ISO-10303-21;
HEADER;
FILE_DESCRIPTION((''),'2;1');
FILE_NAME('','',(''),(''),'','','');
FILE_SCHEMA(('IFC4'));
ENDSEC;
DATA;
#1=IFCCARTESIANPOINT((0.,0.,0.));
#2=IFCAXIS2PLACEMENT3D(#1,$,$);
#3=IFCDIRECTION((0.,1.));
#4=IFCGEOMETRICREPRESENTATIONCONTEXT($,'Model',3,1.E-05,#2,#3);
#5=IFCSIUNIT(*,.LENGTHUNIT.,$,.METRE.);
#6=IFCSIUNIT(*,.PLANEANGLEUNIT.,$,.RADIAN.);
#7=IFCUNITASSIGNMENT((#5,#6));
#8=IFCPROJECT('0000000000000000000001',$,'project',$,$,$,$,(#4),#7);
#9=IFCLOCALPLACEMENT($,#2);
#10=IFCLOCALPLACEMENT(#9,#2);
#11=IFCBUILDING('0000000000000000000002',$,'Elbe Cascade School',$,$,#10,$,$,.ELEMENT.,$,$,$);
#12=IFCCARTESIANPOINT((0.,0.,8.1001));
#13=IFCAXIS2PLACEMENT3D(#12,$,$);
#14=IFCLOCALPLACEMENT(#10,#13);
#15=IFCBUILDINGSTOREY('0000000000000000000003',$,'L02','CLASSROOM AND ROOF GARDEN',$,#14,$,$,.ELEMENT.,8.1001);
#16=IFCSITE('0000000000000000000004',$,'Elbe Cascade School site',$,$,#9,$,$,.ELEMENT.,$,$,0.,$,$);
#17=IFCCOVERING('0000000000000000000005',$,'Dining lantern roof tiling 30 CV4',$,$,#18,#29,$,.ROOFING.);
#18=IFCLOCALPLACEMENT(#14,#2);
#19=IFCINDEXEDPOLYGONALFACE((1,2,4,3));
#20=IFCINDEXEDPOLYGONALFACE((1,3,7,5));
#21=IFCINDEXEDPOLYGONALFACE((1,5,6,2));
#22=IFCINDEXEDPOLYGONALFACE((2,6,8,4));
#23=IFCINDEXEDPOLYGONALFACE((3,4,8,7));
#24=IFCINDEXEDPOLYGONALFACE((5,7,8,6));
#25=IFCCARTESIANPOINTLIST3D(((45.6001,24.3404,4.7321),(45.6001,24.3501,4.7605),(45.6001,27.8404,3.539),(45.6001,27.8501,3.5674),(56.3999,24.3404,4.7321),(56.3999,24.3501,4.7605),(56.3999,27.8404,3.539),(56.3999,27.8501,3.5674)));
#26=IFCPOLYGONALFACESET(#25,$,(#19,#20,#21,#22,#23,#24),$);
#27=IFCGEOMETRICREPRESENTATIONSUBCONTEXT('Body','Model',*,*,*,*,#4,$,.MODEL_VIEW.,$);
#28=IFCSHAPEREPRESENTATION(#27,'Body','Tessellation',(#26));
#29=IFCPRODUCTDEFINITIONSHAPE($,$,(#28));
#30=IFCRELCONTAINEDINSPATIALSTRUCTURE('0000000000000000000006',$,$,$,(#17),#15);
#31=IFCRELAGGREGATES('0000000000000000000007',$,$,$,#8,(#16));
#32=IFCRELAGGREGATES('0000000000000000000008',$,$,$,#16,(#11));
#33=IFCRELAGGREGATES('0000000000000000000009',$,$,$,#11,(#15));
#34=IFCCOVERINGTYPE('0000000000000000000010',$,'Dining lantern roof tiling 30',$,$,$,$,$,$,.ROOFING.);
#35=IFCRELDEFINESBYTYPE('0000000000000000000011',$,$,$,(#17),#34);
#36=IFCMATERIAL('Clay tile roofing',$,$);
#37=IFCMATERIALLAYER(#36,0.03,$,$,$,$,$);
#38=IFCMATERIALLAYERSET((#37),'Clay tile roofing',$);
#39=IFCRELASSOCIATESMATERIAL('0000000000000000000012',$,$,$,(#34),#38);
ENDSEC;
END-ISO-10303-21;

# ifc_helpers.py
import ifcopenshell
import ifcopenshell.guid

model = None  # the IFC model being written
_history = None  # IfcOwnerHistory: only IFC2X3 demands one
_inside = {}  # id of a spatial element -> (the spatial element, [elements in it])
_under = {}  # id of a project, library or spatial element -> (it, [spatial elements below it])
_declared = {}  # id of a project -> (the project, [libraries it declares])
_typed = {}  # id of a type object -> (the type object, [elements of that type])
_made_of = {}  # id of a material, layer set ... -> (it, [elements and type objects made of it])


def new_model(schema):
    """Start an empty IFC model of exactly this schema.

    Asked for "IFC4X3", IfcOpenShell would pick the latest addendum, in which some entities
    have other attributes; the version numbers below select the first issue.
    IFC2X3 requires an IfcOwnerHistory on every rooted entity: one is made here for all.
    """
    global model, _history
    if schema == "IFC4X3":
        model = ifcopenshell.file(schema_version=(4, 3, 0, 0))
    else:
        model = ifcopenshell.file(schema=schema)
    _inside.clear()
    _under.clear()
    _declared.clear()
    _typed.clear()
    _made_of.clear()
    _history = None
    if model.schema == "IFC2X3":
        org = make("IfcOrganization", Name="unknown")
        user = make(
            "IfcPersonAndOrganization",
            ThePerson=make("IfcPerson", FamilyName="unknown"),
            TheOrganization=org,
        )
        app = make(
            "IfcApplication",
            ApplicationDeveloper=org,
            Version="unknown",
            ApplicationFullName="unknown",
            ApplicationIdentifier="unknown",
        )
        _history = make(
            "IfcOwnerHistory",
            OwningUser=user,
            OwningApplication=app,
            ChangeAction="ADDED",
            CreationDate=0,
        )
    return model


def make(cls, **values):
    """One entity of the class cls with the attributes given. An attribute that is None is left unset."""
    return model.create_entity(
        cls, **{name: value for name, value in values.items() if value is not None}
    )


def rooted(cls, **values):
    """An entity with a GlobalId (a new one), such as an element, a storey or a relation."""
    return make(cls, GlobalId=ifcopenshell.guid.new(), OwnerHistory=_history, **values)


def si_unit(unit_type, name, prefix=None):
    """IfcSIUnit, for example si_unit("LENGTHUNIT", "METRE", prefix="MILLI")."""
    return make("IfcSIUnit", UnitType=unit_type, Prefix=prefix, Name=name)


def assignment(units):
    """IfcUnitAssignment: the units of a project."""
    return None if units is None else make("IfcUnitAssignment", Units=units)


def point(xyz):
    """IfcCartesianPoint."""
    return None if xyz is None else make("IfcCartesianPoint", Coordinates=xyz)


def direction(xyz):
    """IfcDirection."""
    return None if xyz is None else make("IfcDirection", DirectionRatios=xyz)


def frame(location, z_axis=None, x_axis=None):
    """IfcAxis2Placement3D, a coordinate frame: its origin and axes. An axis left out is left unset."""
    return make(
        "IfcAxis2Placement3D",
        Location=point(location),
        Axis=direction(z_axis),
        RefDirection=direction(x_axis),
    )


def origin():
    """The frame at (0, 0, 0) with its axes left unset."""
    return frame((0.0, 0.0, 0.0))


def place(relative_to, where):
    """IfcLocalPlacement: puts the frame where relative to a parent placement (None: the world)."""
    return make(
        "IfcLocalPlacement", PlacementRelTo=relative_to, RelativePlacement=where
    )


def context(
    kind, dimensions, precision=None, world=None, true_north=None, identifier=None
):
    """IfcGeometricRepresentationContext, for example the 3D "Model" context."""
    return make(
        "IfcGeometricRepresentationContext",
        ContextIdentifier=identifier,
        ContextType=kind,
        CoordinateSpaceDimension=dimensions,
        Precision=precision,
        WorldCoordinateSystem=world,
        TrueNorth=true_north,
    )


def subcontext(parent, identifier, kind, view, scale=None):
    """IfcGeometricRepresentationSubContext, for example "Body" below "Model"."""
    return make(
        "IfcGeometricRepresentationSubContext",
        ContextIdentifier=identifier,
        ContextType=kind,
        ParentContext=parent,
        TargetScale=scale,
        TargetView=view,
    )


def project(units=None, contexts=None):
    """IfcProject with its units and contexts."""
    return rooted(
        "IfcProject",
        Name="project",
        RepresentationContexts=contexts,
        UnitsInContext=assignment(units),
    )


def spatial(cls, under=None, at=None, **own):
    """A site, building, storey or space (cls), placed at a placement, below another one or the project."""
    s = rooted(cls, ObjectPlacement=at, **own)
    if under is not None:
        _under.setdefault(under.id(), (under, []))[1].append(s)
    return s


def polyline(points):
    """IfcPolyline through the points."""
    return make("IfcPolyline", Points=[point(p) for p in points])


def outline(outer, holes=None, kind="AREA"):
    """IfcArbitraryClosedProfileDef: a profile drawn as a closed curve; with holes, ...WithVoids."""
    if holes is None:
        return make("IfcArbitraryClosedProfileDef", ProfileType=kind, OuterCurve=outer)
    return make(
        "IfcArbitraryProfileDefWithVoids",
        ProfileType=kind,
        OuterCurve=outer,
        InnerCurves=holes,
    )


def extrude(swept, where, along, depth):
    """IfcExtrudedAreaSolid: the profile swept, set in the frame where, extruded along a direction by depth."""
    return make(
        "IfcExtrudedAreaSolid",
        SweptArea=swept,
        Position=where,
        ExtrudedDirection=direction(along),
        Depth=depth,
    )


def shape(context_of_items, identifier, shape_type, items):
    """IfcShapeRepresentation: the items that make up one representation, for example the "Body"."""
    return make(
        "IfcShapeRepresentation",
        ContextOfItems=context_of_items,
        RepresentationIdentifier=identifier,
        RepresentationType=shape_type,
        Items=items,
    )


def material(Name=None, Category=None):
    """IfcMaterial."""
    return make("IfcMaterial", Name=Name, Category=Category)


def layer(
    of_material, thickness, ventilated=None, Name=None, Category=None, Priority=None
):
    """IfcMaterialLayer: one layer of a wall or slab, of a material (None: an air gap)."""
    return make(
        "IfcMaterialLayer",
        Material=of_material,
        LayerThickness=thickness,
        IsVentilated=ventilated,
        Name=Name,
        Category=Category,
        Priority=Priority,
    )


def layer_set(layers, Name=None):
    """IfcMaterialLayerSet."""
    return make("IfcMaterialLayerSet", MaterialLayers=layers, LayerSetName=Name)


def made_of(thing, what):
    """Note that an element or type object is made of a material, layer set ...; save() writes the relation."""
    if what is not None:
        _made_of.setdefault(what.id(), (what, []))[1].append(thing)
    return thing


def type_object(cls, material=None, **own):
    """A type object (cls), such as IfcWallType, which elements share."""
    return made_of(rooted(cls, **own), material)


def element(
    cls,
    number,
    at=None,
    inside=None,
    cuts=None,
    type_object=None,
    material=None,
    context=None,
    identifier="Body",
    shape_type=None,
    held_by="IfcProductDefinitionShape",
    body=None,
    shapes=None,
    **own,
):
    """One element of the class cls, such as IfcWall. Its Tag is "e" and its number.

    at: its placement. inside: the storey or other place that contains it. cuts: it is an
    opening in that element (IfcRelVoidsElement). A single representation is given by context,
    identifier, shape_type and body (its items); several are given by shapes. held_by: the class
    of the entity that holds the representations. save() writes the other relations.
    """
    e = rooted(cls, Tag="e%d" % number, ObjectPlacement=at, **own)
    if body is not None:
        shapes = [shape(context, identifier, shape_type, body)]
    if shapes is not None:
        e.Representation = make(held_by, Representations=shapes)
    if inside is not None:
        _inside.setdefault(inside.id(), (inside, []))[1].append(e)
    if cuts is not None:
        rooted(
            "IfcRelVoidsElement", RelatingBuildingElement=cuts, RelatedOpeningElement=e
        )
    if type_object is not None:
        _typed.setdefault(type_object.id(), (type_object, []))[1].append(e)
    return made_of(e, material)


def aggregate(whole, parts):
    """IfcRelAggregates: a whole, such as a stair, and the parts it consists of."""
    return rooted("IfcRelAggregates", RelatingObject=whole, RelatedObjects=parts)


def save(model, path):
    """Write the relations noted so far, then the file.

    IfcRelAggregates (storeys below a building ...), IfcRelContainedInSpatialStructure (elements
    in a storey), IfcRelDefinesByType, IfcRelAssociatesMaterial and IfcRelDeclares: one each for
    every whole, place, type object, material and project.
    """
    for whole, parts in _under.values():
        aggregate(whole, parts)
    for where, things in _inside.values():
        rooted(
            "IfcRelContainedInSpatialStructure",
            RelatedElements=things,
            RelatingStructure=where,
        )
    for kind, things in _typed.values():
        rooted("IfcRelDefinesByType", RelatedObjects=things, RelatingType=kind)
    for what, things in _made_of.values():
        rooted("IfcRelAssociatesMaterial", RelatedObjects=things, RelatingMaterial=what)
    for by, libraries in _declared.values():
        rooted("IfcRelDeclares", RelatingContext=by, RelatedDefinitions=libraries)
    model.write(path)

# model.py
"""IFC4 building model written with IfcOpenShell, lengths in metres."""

from ifc_helpers import new_model, si_unit, direction, frame, origin, place, context, subcontext, project, spatial, polyline, outline, extrude, material, layer, layer_set, type_object, element, save


model = new_model("IFC4")

# Units and contexts
model_context = context("Model", 3, precision=1e-05, world=origin(), true_north=direction((0.0, 1.0)))
body_context = subcontext(model_context, "Body", "Model", "MODEL_VIEW")
ifc_project = project(units=[si_unit("LENGTHUNIT", "METRE"), si_unit("PLANEANGLEUNIT", "RADIAN")], contexts=[model_context])

# Site, building, storey
site_placement = place(None, origin())
site = spatial("IfcSite", under=ifc_project, at=site_placement, Name="Elbe Cascade School site", CompositionType="ELEMENT", RefElevation=0.0)
building_placement = place(site_placement, origin())
building = spatial("IfcBuilding", under=site, at=building_placement, Name="Elbe Cascade School", CompositionType="ELEMENT")
storey_placement = place(building_placement, frame((0.0, 0.0, 8.1001)))
storey = spatial("IfcBuildingStorey", under=building, at=storey_placement, Name="L02", Description="CLASSROOM AND ROOF GARDEN", CompositionType="ELEMENT", Elevation=8.1001)

# Covering
ifc_material_1 = material(Name="Clay tile roofing")
ifc_layer_1 = layer(ifc_material_1, 0.03)
ifc_layer_set_1 = layer_set([ifc_layer_1], Name="Clay tile roofing")
covering_type = type_object("IfcCoveringType", Name="Dining lantern roof tiling 30", PredefinedType="ROOFING", material=ifc_layer_set_1)
covering_1_placement = place(storey_placement, frame((45.6001, 27.8501, 3.5674), z_axis=(0.0, 0.322658, 0.946516), x_axis=(1.0, 0.0, 0.0)))
element("IfcCovering", 1, at=covering_1_placement, inside=storey, type_object=covering_type, Name="Dining lantern roof tiling 30 CV4", PredefinedType="ROOFING", context=body_context, shape_type="SweptSolid", body=[
    extrude(outline(polyline([(0.0, 0.0), (10.7998, 0.0), (10.7998, -3.6978), (0.0, -3.6978), (0.0, 0.0)])), origin(), (0.0, 0.0, -1.0), 0.03),
])

save(model, "model.ifc")
